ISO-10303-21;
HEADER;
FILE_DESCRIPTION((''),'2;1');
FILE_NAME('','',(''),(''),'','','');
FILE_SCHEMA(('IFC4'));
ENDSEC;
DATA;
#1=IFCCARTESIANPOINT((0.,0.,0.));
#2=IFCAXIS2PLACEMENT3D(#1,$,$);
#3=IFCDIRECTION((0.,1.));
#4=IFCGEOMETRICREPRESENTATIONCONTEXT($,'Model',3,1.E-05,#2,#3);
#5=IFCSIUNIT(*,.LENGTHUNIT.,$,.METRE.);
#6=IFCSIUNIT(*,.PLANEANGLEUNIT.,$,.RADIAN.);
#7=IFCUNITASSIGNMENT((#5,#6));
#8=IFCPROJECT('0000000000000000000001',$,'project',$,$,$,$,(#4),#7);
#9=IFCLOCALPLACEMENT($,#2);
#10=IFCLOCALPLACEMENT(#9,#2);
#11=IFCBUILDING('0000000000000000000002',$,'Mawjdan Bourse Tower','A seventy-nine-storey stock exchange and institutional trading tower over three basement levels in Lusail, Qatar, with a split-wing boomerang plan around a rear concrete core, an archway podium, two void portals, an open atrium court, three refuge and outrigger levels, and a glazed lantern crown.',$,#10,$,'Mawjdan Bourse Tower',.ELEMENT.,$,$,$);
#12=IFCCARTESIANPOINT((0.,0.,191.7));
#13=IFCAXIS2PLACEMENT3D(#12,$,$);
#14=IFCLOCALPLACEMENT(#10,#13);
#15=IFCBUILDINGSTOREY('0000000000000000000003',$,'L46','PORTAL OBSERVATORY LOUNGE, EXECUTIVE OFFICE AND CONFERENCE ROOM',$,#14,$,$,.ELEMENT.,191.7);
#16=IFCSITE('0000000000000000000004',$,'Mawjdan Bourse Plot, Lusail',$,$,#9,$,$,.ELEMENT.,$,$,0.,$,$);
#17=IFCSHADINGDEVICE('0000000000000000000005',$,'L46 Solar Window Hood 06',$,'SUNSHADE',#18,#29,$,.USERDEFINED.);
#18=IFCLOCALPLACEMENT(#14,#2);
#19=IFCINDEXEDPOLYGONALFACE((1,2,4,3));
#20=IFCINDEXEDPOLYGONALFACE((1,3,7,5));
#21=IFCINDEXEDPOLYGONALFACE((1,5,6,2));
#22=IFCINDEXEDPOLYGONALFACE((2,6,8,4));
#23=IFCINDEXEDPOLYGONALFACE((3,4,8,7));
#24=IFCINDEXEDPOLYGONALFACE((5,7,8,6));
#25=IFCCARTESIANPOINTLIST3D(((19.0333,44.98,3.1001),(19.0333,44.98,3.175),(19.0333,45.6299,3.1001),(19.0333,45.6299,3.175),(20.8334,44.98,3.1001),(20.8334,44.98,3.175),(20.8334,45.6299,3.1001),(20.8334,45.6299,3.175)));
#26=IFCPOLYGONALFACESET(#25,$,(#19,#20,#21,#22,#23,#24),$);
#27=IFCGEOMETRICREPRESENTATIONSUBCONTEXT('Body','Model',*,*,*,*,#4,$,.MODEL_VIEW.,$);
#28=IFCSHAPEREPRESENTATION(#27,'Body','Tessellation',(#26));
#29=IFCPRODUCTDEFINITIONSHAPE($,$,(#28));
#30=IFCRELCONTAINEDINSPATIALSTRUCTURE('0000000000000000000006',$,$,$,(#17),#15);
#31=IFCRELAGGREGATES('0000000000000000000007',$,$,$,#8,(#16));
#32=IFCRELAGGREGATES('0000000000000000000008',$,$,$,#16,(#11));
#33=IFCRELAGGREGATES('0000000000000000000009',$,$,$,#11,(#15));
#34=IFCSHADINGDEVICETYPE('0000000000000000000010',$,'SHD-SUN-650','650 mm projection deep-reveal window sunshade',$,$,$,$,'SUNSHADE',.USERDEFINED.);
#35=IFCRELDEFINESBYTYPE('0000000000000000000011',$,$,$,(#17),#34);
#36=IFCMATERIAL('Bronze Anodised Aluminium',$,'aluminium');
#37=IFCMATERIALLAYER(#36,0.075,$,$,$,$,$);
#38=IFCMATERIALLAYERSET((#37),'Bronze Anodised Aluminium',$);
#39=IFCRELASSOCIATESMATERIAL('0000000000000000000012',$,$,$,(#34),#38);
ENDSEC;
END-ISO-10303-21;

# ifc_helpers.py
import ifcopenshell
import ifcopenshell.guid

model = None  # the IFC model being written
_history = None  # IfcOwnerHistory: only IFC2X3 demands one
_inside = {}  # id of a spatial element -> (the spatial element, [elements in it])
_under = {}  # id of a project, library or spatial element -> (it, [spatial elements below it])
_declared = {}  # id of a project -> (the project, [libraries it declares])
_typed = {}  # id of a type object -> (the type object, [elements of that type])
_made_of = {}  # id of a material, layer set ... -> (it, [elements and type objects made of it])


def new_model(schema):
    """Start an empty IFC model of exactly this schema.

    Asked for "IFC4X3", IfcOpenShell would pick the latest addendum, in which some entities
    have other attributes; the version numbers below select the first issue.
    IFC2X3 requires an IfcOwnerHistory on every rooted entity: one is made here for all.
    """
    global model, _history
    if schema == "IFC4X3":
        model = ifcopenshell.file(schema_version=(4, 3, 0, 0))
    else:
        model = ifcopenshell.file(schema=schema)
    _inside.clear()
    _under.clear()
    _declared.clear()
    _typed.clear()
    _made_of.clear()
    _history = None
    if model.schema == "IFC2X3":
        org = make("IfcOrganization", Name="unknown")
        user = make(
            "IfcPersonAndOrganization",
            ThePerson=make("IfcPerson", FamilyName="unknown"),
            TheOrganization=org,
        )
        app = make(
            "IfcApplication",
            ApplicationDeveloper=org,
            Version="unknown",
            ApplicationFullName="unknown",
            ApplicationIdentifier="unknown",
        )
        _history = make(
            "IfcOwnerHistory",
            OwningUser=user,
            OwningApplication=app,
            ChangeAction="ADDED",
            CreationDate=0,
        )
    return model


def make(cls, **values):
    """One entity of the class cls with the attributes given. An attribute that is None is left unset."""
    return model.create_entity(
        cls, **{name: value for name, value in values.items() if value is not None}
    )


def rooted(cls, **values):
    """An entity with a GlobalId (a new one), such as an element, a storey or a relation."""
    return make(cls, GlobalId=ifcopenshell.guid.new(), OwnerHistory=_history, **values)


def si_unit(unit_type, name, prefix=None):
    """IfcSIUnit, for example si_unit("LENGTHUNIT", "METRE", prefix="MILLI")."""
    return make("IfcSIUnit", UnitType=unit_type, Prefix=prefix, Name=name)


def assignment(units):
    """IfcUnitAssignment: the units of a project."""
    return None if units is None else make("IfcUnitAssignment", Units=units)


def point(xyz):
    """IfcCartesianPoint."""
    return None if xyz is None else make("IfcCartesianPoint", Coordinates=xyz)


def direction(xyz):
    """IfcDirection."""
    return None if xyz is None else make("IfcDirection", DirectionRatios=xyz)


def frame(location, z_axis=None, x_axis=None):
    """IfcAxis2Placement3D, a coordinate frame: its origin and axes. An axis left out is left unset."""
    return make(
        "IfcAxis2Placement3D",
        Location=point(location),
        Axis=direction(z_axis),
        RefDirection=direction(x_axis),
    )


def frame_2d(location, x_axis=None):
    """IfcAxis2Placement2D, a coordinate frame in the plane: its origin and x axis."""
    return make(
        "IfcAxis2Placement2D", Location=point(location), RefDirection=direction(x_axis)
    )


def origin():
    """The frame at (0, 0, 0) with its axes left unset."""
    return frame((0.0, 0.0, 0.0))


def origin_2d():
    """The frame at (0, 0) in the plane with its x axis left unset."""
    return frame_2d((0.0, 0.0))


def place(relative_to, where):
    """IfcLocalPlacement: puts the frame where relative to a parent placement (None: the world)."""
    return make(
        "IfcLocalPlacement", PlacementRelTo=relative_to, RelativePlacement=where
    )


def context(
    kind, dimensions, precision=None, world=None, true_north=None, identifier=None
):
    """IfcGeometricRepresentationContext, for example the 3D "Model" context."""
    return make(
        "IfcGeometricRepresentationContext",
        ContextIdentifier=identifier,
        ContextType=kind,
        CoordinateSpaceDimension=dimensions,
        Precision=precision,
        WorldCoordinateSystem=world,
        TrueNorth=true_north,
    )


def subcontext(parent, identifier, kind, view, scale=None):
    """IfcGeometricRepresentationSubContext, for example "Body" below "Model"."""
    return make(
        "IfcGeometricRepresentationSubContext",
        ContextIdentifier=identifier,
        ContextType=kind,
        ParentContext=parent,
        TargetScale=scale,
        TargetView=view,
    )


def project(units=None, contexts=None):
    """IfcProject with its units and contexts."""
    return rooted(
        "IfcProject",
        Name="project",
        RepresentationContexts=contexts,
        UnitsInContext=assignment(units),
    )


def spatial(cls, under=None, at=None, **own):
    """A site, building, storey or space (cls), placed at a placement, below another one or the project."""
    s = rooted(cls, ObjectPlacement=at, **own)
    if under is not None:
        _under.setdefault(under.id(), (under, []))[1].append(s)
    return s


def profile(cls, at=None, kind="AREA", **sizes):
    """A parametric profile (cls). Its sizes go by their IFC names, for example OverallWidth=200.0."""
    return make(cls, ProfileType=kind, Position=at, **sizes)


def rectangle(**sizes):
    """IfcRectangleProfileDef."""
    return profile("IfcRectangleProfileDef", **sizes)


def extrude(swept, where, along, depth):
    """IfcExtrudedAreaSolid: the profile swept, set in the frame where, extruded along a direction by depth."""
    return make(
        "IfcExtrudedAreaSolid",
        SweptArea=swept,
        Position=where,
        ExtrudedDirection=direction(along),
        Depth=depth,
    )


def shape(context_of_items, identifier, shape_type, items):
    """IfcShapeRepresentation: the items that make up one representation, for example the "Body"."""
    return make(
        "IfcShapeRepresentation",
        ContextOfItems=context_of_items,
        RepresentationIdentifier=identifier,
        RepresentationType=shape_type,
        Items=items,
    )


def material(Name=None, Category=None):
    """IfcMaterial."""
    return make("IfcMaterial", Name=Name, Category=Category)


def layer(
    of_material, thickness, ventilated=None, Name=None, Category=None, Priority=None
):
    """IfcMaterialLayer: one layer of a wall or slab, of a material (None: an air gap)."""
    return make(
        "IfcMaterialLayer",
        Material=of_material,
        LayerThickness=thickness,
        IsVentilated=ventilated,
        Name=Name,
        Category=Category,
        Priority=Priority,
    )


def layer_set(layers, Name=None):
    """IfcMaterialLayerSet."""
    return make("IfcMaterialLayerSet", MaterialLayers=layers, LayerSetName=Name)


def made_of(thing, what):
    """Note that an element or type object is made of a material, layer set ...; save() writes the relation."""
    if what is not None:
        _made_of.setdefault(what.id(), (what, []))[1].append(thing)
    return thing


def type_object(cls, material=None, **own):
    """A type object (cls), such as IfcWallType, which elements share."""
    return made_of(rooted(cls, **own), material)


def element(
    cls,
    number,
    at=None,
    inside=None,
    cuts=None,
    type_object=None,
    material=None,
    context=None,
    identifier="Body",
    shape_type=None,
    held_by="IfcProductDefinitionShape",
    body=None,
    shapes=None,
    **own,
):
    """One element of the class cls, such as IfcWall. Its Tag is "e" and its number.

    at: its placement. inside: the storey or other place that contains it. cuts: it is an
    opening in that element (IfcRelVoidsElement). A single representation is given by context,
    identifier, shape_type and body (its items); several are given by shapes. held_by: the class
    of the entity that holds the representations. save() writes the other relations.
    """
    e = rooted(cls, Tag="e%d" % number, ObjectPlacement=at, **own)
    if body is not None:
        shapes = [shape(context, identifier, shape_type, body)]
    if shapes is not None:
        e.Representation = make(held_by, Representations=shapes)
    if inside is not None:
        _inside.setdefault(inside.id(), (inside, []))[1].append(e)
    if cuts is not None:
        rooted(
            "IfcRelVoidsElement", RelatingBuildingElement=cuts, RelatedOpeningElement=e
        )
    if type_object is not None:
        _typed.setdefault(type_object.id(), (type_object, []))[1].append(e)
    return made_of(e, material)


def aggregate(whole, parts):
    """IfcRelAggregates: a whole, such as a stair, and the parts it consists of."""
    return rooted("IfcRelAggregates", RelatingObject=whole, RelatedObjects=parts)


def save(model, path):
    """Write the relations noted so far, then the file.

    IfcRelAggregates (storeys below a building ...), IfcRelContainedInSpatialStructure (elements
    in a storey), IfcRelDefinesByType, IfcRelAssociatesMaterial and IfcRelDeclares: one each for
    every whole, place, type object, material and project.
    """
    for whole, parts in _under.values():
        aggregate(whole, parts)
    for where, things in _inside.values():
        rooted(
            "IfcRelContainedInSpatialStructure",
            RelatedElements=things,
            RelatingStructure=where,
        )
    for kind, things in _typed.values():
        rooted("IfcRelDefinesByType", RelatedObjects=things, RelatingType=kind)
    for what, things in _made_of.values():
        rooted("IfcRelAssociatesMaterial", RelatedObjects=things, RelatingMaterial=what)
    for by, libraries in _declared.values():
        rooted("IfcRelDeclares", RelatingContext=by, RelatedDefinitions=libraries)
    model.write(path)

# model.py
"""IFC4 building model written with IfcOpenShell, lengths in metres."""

from ifc_helpers import new_model, si_unit, direction, frame, origin, origin_2d, place, context, subcontext, project, spatial, rectangle, extrude, material, layer, layer_set, type_object, element, save


model = new_model("IFC4")

# Units and contexts
model_context = context("Model", 3, precision=1e-05, world=origin(), true_north=direction((0.0, 1.0)))
body_context = subcontext(model_context, "Body", "Model", "MODEL_VIEW")
ifc_project = project(units=[si_unit("LENGTHUNIT", "METRE"), si_unit("PLANEANGLEUNIT", "RADIAN")], contexts=[model_context])

# Site, building, storey
site_placement = place(None, origin())
site = spatial("IfcSite", under=ifc_project, at=site_placement, Name="Mawjdan Bourse Plot, Lusail", CompositionType="ELEMENT", RefElevation=0.0)
building_placement = place(site_placement, origin())
building = spatial("IfcBuilding", under=site, at=building_placement, Name="Mawjdan Bourse Tower", Description="A seventy-nine-storey stock exchange and institutional trading tower over three basement levels in Lusail, Qatar, with a split-wing boomerang plan around a rear concrete core, an archway podium, two void portals, an open atrium court, three refuge and outrigger levels, and a glazed lantern crown.", LongName="Mawjdan Bourse Tower", CompositionType="ELEMENT")
storey_placement = place(building_placement, frame((0.0, 0.0, 191.7)))
storey = spatial("IfcBuildingStorey", under=building, at=storey_placement, Name="L46", Description="PORTAL OBSERVATORY LOUNGE, EXECUTIVE OFFICE AND CONFERENCE ROOM", CompositionType="ELEMENT", Elevation=191.7)

# Shading device
ifc_material_1 = material(Name="Bronze Anodised Aluminium", Category="aluminium")
ifc_layer_1 = layer(ifc_material_1, 0.075)
ifc_layer_set_1 = layer_set([ifc_layer_1], Name="Bronze Anodised Aluminium")
shading_device_type = type_object("IfcShadingDeviceType", Name="SHD-SUN-650", Description="650 mm projection deep-reveal window sunshade", ElementType="SUNSHADE", PredefinedType="USERDEFINED", material=ifc_layer_set_1)
shading_device_placement = place(storey_placement, frame((19.9333, 45.3049, 3.1001), z_axis=(0.0, 0.0, 1.0), x_axis=(-1.0, 0.0, 0.0)))
element("IfcShadingDevice", 1, at=shading_device_placement, inside=storey, type_object=shading_device_type, Name="L46 Solar Window Hood 06", ObjectType="SUNSHADE", PredefinedType="USERDEFINED", context=body_context, shape_type="SweptSolid", body=[
    extrude(rectangle(XDim=1.8, YDim=0.6499, at=origin_2d()), origin(), (0.0, 0.0, 1.0), 0.075),
])

save(model, "model.ifc")
